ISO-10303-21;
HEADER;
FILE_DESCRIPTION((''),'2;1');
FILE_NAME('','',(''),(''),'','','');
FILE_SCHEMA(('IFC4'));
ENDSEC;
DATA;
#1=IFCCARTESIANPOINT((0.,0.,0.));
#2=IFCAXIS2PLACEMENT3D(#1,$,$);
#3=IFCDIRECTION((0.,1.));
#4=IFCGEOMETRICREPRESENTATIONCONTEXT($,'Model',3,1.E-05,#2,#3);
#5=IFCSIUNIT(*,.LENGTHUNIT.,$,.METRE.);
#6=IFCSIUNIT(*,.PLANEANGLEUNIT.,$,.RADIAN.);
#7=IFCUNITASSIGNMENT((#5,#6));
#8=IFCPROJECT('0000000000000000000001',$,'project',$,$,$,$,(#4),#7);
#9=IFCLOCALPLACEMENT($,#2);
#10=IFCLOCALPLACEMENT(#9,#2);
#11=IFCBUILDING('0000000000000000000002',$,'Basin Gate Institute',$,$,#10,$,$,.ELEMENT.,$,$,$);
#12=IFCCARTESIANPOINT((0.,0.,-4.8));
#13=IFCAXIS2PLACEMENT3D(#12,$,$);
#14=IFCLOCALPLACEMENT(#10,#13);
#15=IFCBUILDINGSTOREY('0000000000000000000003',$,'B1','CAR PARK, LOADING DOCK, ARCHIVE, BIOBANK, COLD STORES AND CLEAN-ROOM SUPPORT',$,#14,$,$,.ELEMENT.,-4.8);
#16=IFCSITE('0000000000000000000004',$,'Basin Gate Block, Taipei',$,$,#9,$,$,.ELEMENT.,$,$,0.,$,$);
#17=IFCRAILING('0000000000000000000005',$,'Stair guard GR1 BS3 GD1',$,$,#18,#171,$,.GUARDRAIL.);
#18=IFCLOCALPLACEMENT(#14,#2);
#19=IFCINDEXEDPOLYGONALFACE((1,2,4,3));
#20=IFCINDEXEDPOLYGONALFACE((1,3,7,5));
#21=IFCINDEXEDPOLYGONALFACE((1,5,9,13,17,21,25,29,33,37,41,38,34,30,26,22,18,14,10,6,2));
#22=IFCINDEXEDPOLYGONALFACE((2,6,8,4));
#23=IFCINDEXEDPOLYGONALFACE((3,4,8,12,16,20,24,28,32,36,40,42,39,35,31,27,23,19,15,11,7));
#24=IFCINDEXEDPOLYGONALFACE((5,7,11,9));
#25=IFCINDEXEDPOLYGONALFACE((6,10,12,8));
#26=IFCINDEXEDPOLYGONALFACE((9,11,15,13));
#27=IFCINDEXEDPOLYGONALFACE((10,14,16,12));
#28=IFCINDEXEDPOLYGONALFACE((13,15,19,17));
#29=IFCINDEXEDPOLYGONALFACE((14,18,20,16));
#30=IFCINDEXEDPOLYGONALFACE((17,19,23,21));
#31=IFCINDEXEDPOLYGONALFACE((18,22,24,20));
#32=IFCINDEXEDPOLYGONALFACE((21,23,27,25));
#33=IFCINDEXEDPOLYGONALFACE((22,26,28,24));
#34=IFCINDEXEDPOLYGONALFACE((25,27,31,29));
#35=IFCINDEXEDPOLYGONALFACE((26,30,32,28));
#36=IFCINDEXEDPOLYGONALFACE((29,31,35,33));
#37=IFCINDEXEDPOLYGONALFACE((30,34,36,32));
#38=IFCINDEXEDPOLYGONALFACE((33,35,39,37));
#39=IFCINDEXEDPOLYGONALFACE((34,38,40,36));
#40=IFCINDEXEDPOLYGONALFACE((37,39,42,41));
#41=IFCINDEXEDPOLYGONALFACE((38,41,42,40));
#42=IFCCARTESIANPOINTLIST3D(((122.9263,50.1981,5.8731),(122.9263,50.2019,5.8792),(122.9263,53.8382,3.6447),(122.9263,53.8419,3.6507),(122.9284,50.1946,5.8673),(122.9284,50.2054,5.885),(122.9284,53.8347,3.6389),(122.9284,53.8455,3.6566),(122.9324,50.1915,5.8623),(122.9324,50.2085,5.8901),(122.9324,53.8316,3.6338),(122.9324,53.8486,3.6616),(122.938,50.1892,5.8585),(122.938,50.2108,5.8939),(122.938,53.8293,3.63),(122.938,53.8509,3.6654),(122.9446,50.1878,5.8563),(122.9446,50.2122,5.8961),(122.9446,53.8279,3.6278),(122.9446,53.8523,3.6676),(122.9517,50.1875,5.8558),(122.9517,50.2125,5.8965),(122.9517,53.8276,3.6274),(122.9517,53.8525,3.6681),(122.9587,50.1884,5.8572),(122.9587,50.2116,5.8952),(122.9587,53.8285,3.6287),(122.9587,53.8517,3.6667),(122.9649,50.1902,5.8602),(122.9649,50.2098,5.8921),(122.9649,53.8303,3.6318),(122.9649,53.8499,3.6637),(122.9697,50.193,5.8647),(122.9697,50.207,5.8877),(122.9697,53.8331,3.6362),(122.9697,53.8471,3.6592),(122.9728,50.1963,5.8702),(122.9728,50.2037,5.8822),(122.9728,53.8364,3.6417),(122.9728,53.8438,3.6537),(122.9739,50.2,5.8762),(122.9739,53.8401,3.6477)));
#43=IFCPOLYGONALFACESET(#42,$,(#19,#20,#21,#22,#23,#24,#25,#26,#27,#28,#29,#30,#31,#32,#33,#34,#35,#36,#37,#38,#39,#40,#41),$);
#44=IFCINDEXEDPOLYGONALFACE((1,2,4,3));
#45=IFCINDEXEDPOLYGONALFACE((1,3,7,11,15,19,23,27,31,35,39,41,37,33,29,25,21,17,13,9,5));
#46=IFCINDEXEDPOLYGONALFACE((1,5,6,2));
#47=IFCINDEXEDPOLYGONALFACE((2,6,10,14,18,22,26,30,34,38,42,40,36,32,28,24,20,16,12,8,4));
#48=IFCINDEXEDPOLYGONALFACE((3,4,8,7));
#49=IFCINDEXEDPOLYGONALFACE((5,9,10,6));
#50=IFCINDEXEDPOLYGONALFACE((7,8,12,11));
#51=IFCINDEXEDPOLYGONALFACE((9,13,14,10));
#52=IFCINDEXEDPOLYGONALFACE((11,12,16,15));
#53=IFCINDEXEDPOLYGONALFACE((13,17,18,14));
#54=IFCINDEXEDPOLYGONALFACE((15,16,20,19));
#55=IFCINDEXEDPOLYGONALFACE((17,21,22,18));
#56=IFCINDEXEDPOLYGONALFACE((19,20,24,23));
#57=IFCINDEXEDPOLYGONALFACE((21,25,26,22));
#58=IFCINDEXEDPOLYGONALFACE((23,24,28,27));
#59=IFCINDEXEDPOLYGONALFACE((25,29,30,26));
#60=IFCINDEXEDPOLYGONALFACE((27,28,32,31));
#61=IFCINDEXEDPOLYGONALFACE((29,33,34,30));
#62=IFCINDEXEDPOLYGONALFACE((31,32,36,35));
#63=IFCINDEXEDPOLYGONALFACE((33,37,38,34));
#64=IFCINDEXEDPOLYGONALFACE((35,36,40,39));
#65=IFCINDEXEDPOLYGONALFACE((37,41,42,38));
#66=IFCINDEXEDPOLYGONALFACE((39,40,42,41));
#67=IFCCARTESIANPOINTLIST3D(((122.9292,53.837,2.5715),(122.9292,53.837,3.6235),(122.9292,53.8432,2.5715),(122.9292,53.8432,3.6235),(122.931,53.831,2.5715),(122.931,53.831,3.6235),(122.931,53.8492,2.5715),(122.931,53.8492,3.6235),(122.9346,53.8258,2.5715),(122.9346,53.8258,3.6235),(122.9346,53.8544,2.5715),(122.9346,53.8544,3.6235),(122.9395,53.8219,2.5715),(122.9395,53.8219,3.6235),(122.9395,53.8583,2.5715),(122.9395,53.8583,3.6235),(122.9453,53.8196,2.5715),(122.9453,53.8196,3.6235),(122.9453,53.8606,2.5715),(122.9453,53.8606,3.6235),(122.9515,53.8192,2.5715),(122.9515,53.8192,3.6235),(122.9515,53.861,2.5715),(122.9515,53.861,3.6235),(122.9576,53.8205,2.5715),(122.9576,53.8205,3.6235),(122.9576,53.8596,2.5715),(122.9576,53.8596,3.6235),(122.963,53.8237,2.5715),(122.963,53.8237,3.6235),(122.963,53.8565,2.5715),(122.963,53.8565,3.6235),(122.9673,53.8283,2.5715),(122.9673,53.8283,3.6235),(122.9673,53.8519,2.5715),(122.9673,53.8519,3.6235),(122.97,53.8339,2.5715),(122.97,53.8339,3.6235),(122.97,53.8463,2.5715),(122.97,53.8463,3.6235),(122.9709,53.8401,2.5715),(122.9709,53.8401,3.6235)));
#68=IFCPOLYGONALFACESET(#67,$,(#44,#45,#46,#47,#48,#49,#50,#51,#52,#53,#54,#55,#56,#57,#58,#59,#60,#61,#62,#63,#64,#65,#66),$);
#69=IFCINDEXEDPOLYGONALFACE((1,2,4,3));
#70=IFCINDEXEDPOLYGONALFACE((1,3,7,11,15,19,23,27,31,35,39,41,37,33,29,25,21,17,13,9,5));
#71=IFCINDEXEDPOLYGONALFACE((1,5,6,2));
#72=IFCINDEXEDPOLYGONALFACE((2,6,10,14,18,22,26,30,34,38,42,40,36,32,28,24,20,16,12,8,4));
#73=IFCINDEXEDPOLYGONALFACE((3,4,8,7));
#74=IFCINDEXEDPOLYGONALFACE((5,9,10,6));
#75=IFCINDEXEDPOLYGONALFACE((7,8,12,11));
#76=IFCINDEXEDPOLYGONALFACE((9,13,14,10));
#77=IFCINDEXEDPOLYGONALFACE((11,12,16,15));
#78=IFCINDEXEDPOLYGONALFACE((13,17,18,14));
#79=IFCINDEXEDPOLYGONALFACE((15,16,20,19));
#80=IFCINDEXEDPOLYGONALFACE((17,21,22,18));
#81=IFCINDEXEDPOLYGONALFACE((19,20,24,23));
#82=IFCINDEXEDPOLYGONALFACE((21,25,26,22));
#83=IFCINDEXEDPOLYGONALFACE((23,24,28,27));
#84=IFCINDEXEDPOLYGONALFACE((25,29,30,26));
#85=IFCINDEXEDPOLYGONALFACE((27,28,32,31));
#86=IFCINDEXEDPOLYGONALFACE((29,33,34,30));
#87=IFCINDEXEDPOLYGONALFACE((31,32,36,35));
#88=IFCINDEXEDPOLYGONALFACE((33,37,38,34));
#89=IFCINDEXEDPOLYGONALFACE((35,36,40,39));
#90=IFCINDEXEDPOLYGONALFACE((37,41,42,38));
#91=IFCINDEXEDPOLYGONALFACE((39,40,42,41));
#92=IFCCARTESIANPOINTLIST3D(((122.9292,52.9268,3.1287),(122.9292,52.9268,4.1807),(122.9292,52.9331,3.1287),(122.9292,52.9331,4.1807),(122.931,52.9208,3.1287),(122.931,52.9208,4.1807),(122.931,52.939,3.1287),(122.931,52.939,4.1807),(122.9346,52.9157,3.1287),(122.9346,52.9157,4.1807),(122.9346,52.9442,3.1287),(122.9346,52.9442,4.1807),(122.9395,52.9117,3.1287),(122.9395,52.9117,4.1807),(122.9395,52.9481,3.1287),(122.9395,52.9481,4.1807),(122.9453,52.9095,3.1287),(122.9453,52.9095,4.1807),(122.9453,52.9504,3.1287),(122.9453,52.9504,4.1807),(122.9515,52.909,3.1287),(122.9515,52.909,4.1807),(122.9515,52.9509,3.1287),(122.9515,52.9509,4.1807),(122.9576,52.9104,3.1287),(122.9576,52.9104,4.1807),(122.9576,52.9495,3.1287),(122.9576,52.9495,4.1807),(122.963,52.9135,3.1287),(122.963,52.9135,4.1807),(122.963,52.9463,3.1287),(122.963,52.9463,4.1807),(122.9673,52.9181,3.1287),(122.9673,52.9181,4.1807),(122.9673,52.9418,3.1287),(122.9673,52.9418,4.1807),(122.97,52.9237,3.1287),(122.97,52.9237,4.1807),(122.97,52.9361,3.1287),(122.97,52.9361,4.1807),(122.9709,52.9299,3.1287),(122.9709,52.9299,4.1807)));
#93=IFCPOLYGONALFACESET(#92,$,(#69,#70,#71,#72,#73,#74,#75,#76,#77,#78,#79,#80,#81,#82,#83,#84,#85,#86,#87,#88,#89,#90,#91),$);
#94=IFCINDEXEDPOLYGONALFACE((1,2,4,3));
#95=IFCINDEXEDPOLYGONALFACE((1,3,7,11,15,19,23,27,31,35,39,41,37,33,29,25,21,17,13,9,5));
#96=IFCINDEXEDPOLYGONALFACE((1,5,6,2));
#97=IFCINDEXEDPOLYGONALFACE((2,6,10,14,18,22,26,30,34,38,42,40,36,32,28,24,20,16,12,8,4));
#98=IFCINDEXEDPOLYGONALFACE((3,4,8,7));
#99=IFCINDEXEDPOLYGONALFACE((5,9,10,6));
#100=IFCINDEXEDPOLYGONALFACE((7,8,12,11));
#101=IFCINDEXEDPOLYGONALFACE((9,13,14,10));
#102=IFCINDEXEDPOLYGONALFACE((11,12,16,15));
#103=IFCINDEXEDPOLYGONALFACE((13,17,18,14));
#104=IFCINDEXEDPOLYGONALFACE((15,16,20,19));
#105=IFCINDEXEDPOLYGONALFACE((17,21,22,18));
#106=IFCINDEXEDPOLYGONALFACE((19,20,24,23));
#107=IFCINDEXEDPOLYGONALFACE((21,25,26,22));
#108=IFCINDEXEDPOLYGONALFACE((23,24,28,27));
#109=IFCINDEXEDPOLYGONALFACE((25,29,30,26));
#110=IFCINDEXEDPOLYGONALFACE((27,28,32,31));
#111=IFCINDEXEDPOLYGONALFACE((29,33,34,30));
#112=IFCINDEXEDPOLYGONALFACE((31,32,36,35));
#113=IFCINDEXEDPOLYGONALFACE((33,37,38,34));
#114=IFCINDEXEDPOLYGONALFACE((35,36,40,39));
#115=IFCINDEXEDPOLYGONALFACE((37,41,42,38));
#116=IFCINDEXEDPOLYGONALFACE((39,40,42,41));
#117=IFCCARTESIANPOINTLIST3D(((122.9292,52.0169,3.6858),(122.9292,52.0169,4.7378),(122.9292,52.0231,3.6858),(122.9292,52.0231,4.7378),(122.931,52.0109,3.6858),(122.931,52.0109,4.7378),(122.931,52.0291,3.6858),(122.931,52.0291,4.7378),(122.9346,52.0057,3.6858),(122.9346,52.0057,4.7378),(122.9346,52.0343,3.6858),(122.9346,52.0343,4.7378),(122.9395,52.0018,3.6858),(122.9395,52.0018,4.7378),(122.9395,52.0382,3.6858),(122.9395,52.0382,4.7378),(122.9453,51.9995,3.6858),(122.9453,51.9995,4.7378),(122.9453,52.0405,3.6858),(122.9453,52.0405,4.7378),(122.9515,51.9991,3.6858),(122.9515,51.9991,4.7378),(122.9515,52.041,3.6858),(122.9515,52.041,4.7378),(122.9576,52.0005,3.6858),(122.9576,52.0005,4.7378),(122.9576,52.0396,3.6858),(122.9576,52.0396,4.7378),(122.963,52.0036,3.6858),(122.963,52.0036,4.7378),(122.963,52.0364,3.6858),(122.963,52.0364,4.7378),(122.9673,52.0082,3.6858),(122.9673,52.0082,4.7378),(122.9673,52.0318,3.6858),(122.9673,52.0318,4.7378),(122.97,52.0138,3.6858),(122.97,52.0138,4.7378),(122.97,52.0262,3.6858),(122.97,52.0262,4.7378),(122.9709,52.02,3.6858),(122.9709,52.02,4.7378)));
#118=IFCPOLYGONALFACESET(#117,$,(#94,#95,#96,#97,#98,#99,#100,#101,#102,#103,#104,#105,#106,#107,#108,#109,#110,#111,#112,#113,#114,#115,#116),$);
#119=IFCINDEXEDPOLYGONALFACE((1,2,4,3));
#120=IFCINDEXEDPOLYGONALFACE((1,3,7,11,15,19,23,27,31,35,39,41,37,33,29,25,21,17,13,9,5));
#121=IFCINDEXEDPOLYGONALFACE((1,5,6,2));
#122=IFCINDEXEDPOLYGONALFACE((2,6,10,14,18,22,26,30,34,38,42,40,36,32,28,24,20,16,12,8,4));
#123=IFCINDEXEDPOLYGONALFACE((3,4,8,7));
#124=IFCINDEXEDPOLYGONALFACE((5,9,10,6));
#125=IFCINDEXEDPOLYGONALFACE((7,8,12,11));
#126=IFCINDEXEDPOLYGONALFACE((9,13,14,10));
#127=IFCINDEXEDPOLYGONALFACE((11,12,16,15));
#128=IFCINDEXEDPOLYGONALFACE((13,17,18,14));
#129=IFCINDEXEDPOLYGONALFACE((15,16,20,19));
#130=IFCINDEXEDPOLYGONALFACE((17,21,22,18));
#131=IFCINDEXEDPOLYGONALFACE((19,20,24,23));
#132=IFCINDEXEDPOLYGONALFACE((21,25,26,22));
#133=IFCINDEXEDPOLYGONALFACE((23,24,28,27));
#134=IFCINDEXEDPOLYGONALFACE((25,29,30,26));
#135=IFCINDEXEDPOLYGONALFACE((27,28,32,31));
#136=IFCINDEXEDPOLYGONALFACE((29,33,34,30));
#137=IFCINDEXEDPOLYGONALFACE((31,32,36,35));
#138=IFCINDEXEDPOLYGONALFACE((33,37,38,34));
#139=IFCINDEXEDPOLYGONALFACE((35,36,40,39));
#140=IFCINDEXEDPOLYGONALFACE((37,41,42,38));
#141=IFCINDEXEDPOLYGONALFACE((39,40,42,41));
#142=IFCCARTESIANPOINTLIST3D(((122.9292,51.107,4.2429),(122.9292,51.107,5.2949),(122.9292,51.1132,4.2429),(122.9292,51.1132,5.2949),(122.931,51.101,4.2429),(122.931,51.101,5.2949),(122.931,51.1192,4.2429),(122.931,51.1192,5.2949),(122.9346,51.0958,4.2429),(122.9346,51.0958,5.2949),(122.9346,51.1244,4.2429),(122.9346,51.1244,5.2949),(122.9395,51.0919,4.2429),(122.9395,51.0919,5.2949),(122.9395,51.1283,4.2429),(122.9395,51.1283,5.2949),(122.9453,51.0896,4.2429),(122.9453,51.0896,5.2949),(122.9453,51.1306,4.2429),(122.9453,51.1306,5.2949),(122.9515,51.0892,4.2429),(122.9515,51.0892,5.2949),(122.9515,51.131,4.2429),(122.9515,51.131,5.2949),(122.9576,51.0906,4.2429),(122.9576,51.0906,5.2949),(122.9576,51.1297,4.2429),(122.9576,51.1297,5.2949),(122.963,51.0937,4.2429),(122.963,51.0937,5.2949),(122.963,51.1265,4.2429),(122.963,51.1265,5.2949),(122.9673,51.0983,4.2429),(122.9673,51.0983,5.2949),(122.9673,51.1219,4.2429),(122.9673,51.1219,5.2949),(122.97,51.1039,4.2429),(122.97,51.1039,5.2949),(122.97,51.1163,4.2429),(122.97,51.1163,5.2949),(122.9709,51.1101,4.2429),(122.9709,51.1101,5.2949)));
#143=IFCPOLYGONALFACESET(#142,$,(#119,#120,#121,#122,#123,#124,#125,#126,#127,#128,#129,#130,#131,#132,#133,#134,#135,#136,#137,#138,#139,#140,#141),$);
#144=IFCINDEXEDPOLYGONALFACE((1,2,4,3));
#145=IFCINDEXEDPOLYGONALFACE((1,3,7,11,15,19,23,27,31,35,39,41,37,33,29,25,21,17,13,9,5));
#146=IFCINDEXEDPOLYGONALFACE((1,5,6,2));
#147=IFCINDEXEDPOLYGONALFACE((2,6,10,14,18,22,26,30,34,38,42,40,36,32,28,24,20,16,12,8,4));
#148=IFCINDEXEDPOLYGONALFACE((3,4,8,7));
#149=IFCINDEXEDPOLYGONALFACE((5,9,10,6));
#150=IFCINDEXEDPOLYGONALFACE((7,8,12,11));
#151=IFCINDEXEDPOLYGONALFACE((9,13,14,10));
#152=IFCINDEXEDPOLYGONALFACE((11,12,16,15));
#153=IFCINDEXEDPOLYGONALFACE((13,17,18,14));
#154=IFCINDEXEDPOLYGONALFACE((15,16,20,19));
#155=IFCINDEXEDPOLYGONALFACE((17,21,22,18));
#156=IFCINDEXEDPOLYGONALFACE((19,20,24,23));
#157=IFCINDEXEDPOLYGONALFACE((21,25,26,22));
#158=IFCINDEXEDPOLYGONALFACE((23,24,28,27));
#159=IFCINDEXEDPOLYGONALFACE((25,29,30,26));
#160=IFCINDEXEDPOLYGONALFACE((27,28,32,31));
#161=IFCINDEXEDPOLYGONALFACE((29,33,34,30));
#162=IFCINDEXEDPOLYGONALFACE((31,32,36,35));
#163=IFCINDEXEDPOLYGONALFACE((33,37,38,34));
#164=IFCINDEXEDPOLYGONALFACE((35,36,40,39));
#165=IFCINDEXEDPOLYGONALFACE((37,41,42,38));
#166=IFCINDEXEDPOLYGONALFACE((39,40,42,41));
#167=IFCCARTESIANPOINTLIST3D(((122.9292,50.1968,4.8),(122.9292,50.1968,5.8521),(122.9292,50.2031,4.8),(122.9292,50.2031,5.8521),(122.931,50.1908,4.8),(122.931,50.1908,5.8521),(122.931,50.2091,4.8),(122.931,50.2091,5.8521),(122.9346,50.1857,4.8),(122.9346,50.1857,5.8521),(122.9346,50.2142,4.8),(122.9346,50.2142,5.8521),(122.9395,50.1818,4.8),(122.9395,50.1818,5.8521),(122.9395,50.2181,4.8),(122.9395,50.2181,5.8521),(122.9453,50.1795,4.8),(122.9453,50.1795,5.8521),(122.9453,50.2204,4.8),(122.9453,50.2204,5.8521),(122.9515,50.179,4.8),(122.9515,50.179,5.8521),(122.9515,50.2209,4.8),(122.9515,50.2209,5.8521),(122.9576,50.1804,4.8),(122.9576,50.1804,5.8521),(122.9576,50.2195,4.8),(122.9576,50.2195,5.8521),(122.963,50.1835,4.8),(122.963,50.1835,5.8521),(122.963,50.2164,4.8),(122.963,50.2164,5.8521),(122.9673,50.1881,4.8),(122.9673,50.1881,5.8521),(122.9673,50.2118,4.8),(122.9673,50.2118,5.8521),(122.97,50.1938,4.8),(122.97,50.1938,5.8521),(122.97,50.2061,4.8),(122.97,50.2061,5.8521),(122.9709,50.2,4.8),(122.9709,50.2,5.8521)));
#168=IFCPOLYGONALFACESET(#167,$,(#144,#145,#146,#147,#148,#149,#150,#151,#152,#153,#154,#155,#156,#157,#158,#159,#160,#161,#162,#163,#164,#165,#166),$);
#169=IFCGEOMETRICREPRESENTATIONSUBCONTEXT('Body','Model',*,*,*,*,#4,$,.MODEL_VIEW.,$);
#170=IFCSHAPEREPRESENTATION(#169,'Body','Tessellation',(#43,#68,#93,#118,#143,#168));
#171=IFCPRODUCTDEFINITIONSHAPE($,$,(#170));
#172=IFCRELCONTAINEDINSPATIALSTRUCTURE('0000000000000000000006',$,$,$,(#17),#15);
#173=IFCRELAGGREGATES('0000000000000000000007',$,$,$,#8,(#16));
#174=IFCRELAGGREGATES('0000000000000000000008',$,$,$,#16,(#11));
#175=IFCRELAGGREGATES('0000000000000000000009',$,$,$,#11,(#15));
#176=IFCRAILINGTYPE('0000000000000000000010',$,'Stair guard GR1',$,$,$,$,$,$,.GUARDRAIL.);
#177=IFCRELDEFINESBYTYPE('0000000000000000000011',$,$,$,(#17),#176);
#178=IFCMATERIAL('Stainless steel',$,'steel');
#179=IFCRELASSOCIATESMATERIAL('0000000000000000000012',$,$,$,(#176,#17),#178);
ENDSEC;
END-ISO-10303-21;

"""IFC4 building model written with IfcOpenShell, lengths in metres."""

from ifc_helpers import new_model, si_unit, direction, frame, origin, origin_2d, place, context, subcontext, project, spatial, circle, extrude, material, type_object, element, save


model = new_model("IFC4")

# Units and contexts
model_context = context("Model", 3, precision=1e-05, world=origin(), true_north=direction((0.0, 1.0)))
body_context = subcontext(model_context, "Body", "Model", "MODEL_VIEW")
ifc_project = project(units=[si_unit("LENGTHUNIT", "METRE"), si_unit("PLANEANGLEUNIT", "RADIAN")], contexts=[model_context])

# Site, building, storey
site_placement = place(None, origin())
site = spatial("IfcSite", under=ifc_project, at=site_placement, Name="Basin Gate Block, Taipei", CompositionType="ELEMENT", RefElevation=0.0)
building_placement = place(site_placement, origin())
building = spatial("IfcBuilding", under=site, at=building_placement, Name="Basin Gate Institute", CompositionType="ELEMENT")
storey_placement = place(building_placement, frame((0.0, 0.0, -4.8)))
storey = spatial("IfcBuildingStorey", under=building, at=storey_placement, Name="B1", Description="CAR PARK, LOADING DOCK, ARCHIVE, BIOBANK, COLD STORES AND CLEAN-ROOM SUPPORT", CompositionType="ELEMENT", Elevation=-4.8)

# Railing
ifc_material_1 = material(Name="Stainless steel", Category="steel")
railing_type_1 = type_object("IfcRailingType", Name="Stair guard GR1", PredefinedType="GUARDRAIL", material=ifc_material_1)
railing_1_placement = place(storey_placement, frame((122.95, 53.8401, 2.5715)))
element("IfcRailing", 1, at=railing_1_placement, inside=storey, type_object=railing_type_1, material=ifc_material_1, Name="Stair guard GR1 BS3 GD1", PredefinedType="GUARDRAIL", context=body_context, shape_type="SweptSolid", body=[
    extrude(circle(Radius=0.0239, at=origin_2d()), frame((0.0, 0.0, 1.0762), z_axis=(0.0, -0.852866, 0.52213), x_axis=(1.0, 0.0, 0.0)), (0.0, 0.0, 1.0), 4.2681),
    extrude(circle(Radius=0.021, at=origin_2d()), origin(), (0.0, 0.0, 1.0), 1.052),
    extrude(circle(Radius=0.021, at=origin_2d()), frame((0.0, -0.9102, 0.5571)), (0.0, 0.0, 1.0), 1.052),
    extrude(circle(Radius=0.021, at=origin_2d()), frame((0.0, -1.8201, 1.1143)), (0.0, 0.0, 1.0), 1.052),
    extrude(circle(Radius=0.021, at=origin_2d()), frame((0.0, -2.73, 1.6714)), (0.0, 0.0, 1.0), 1.052),
    extrude(circle(Radius=0.021, at=origin_2d()), frame((0.0, -3.6401, 2.2285)), (0.0, 0.0, 1.0), 1.052),
])

save(model, "model.ifc")
